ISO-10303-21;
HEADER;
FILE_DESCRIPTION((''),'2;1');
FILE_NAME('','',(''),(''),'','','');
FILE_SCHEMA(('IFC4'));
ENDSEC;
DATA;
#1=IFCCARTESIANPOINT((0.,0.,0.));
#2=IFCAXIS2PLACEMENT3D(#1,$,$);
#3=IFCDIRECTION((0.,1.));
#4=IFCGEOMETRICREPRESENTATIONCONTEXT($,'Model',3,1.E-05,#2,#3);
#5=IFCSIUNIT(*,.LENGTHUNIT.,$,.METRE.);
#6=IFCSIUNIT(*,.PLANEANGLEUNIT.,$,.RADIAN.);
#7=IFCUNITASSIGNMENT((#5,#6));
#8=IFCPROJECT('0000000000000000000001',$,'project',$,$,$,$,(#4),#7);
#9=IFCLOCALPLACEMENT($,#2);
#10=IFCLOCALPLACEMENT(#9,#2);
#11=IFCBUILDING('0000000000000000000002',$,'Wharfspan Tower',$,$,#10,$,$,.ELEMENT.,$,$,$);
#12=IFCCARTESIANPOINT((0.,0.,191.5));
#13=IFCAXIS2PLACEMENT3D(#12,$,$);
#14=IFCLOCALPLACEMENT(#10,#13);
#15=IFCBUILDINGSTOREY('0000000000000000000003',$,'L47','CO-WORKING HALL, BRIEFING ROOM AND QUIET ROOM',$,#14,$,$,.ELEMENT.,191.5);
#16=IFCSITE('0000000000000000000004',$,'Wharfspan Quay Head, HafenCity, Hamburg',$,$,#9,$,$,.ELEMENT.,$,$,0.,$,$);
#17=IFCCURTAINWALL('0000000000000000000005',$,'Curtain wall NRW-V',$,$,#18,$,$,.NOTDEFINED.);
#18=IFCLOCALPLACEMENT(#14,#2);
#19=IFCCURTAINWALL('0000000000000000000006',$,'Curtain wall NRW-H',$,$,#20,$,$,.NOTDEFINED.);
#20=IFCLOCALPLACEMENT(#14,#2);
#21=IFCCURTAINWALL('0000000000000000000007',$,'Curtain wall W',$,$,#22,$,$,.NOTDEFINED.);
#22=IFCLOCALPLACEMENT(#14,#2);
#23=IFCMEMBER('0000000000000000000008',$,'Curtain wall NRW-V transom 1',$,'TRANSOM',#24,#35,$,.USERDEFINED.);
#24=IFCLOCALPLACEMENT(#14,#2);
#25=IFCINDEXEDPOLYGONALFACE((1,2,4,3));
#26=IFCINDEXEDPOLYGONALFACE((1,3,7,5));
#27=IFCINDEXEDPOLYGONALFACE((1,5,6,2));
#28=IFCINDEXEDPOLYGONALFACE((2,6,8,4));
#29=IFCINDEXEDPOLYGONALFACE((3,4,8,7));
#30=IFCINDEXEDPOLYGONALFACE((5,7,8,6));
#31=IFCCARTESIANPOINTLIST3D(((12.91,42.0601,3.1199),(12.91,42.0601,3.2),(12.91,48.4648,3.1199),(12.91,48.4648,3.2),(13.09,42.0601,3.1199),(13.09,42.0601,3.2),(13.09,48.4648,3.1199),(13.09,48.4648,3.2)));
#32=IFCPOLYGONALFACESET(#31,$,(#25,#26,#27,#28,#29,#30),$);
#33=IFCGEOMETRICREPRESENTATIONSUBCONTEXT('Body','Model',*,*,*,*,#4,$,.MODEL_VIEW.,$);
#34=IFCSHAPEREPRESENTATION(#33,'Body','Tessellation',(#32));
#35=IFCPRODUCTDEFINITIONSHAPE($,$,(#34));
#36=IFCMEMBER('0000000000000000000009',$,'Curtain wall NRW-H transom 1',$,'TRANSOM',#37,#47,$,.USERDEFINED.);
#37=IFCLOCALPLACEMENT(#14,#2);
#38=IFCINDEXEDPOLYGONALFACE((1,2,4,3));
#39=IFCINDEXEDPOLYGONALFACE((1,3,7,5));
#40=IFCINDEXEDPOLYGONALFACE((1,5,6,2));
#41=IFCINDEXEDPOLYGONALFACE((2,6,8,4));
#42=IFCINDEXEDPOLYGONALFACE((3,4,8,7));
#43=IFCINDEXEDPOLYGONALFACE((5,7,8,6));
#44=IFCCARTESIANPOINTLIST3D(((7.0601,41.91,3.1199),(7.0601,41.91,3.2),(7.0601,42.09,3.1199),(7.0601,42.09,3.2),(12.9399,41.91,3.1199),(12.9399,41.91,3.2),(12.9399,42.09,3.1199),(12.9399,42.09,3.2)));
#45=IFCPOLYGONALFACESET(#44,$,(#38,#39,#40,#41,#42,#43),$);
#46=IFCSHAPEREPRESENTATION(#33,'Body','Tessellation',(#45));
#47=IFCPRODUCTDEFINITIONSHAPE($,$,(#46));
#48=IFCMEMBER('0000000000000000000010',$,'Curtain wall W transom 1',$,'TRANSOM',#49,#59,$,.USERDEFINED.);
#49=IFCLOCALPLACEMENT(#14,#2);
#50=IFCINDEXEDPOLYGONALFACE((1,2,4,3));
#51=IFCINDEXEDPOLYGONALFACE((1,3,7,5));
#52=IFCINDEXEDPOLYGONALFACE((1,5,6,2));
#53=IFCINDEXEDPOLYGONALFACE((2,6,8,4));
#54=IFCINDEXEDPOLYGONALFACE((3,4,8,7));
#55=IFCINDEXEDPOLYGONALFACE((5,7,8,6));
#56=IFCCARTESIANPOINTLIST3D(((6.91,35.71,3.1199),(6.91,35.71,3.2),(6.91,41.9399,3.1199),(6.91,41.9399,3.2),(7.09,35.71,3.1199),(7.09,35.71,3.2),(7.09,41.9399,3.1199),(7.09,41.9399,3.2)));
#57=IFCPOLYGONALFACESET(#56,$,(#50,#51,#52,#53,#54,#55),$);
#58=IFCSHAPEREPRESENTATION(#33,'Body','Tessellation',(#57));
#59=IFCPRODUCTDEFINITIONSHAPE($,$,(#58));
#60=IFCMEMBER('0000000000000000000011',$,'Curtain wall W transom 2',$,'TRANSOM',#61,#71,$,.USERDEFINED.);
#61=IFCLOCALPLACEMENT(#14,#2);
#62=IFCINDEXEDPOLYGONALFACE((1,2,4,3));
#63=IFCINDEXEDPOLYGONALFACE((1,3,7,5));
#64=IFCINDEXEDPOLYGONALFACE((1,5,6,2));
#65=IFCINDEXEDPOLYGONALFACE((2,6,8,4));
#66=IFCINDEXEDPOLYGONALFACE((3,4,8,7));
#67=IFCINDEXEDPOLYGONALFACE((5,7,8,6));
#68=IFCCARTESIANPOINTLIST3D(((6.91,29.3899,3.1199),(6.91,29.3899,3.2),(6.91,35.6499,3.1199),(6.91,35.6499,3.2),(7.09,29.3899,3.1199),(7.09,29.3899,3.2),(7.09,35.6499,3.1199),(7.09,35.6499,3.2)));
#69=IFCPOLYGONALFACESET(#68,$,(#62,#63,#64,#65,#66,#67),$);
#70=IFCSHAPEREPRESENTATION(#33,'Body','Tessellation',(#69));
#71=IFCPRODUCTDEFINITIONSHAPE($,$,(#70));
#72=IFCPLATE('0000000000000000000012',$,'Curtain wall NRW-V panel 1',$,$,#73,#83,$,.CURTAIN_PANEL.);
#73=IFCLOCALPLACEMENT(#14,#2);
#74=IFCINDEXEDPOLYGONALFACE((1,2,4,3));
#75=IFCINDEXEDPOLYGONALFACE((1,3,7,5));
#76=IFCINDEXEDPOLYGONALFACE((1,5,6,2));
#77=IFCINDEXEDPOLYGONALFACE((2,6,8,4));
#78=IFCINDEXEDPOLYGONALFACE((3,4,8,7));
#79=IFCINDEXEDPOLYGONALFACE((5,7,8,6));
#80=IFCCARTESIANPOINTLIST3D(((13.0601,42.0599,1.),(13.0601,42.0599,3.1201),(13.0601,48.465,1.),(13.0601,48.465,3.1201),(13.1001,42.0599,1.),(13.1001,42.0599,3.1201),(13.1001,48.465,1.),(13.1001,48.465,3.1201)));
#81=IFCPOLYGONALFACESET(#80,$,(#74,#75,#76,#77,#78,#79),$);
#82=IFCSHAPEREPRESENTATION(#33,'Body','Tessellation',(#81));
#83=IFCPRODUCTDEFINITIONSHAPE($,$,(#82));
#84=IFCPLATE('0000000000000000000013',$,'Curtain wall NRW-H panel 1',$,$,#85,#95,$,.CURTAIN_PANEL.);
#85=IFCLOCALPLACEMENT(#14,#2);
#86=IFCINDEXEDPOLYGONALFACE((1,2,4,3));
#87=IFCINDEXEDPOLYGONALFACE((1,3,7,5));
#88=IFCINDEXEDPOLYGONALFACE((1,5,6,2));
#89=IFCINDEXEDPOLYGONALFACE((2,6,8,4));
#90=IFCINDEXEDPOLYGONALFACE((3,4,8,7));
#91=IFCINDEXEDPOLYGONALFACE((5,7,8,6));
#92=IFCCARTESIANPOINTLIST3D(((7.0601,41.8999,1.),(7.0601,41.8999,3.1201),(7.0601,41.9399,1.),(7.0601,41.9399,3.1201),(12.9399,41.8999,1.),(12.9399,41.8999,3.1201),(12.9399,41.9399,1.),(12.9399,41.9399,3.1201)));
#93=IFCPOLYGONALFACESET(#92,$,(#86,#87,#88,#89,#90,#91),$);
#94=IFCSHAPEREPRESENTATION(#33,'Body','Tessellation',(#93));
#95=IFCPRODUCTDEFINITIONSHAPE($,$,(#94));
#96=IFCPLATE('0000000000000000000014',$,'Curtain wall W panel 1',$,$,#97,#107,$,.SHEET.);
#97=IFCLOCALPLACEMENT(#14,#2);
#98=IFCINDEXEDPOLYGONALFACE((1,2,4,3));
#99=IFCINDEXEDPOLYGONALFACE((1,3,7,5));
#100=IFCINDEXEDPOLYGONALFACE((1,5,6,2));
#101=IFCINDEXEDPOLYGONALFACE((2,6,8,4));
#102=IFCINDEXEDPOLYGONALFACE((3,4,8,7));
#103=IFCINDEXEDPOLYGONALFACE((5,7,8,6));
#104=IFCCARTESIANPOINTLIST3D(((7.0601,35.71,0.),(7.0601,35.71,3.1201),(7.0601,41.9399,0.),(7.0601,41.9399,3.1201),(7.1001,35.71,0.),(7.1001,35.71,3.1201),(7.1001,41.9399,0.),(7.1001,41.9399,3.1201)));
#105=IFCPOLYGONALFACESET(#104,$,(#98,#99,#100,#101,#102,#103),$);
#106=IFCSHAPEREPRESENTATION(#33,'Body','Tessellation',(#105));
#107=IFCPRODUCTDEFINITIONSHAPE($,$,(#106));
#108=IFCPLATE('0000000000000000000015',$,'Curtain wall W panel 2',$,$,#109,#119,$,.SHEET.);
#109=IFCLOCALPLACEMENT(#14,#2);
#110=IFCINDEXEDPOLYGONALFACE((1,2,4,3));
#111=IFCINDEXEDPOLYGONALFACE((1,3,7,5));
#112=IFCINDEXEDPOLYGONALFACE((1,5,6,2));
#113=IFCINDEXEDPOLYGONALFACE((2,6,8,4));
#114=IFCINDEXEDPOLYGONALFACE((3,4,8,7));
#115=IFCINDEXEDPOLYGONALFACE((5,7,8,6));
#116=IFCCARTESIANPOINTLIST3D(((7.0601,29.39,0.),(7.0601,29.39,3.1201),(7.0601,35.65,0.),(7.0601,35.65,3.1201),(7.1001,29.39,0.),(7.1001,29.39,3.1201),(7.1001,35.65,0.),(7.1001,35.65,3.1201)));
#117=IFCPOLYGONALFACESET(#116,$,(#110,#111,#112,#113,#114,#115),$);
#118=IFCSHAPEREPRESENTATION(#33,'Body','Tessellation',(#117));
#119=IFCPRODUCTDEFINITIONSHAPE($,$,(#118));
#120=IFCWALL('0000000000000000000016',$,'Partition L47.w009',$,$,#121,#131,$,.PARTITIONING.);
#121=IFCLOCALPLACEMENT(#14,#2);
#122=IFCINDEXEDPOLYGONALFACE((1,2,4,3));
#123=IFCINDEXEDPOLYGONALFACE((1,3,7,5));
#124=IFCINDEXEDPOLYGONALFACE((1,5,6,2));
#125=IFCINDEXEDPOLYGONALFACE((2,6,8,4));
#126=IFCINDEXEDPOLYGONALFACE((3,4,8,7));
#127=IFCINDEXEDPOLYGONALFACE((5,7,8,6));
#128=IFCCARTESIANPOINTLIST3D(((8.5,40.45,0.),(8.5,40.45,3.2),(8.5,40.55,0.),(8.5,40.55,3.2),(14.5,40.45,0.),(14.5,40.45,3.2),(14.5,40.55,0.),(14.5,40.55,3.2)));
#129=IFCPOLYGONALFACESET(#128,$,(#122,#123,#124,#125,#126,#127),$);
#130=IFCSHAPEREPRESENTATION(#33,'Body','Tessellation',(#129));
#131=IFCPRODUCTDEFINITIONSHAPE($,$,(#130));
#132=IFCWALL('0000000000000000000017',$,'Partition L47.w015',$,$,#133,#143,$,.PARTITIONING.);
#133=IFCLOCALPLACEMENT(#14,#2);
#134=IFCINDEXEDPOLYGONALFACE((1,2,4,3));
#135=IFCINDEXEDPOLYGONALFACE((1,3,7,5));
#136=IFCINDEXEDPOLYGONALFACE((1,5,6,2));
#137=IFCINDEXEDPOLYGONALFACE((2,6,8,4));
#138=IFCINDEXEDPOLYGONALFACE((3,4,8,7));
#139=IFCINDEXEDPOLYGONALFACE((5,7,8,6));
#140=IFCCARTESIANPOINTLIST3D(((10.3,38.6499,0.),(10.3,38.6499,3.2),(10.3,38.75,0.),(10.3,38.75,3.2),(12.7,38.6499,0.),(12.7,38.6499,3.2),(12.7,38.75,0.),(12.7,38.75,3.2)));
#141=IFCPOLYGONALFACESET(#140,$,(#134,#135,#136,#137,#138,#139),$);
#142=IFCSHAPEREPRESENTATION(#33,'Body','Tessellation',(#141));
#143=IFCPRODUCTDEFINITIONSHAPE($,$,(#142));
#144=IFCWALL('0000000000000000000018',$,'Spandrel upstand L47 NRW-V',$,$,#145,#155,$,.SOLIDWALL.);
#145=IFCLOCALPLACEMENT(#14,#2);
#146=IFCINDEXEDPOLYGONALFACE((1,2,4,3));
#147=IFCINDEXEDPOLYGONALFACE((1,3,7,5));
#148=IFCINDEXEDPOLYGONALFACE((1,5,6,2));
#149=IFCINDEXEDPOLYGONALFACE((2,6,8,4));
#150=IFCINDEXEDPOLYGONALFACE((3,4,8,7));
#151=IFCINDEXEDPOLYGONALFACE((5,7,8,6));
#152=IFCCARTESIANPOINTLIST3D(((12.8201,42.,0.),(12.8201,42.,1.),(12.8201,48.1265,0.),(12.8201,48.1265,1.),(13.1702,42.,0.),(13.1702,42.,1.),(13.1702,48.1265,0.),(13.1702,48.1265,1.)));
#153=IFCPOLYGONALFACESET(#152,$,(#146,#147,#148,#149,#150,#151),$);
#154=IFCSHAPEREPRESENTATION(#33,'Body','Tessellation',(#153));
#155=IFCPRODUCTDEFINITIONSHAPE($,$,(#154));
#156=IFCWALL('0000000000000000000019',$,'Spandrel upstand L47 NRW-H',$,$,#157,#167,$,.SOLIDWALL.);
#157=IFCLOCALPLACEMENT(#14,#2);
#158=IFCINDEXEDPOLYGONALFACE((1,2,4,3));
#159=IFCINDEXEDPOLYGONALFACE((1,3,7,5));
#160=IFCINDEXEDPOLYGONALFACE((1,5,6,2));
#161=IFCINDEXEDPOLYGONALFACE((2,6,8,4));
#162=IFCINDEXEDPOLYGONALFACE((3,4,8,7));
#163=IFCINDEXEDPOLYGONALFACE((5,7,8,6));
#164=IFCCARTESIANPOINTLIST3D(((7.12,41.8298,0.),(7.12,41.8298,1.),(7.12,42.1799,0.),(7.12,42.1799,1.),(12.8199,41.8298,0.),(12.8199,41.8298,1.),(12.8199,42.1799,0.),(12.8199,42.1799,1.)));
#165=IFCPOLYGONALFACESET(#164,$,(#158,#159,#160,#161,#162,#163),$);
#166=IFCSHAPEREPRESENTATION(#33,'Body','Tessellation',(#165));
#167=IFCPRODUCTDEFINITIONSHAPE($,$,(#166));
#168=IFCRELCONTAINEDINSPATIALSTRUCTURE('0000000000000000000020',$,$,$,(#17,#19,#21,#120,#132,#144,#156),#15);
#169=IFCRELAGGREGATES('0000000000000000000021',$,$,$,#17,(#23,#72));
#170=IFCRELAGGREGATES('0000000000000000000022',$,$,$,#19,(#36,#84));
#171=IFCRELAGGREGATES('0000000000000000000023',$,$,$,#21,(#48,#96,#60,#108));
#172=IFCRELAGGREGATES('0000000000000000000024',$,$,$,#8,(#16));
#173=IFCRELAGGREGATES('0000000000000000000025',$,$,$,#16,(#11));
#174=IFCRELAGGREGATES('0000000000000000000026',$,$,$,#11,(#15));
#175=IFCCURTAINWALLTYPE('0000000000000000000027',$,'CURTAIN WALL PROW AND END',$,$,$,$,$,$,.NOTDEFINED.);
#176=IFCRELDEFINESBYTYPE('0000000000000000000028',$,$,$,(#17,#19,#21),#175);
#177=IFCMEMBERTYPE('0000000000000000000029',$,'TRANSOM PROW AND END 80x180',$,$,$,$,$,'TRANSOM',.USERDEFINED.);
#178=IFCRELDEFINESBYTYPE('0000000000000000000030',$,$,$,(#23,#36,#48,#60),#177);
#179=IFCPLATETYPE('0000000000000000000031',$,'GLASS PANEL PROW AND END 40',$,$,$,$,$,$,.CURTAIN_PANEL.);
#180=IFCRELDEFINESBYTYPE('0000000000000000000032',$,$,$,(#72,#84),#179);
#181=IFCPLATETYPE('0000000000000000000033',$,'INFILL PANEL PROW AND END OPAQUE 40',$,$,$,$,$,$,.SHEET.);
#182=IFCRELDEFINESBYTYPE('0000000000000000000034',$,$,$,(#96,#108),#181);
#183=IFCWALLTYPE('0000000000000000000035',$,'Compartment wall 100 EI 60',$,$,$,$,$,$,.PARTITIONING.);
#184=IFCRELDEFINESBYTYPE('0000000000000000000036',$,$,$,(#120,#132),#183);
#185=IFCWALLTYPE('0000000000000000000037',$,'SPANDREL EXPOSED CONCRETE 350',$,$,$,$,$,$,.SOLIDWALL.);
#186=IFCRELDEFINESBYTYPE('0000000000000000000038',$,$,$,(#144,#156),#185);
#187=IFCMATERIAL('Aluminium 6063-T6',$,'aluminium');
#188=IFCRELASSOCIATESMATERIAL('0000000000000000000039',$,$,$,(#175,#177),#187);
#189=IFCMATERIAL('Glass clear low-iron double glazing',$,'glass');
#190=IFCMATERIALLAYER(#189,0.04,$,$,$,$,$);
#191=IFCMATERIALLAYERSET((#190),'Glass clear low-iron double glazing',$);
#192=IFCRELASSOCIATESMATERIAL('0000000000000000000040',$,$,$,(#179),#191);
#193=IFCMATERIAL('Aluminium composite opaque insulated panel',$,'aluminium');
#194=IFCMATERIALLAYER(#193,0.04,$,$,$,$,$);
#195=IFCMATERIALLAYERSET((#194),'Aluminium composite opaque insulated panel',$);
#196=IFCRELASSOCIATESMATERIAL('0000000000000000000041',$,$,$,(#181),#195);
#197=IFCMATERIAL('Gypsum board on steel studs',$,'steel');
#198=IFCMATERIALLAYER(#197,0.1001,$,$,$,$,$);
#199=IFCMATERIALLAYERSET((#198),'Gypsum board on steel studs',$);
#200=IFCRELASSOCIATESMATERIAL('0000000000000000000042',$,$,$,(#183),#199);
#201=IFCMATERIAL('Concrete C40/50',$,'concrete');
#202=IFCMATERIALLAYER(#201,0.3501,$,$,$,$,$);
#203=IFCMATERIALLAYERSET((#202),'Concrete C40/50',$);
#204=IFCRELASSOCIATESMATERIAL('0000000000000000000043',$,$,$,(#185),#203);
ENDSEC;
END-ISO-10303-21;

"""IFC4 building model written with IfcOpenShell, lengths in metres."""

from ifc_helpers import new_model, si_unit, direction, frame, frame_2d, origin, origin_2d, place, context, subcontext, project, spatial, rectangle, extrude, material, layer, layer_set, material_profile, profile_set, type_object, element, aggregate, save


model = new_model("IFC4")

# Units and contexts
model_context = context("Model", 3, precision=1e-05, world=origin(), true_north=direction((0.0, 1.0)))
body_context = subcontext(model_context, "Body", "Model", "MODEL_VIEW")
ifc_project = project(units=[si_unit("LENGTHUNIT", "METRE"), si_unit("PLANEANGLEUNIT", "RADIAN")], contexts=[model_context])

# Site, building, storey
site_placement = place(None, origin())
site = spatial("IfcSite", under=ifc_project, at=site_placement, Name="Wharfspan Quay Head, HafenCity, Hamburg", CompositionType="ELEMENT", RefElevation=0.0)
building_placement = place(site_placement, origin())
building = spatial("IfcBuilding", under=site, at=building_placement, Name="Wharfspan Tower", CompositionType="ELEMENT")
storey_placement = place(building_placement, frame((0.0, 0.0, 191.5)))
storey = spatial("IfcBuildingStorey", under=building, at=storey_placement, Name="L47", Description="CO-WORKING HALL, BRIEFING ROOM AND QUIET ROOM", CompositionType="ELEMENT", Elevation=191.5)

# Curtain walls
ifc_material_1 = material(Name="Aluminium 6063-T6", Category="aluminium")
curtain_wall_type = type_object("IfcCurtainWallType", Name="CURTAIN WALL PROW AND END", PredefinedType="NOTDEFINED", material=ifc_material_1)
curtain_wall_1_placement = place(storey_placement, origin())
curtain_wall_1 = element("IfcCurtainWall", 1, at=curtain_wall_1_placement, inside=storey, type_object=curtain_wall_type, Name="Curtain wall NRW-V", PredefinedType="NOTDEFINED")
curtain_wall_2_placement = place(storey_placement, origin())
curtain_wall_2 = element("IfcCurtainWall", 2, at=curtain_wall_2_placement, inside=storey, type_object=curtain_wall_type, Name="Curtain wall NRW-H", PredefinedType="NOTDEFINED")
curtain_wall_3_placement = place(storey_placement, origin())
curtain_wall_3 = element("IfcCurtainWall", 3, at=curtain_wall_3_placement, inside=storey, type_object=curtain_wall_type, Name="Curtain wall W", PredefinedType="NOTDEFINED")

# Members
ifc_material_profile_1 = material_profile(ifc_material_1, rectangle(XDim=0.1799, YDim=0.0801, at=origin_2d()))
ifc_profile_set_1 = profile_set([ifc_material_profile_1], Name="Aluminium 6063-T6")
member_type_1 = type_object("IfcMemberType", Name="TRANSOM PROW AND END 80x180", ElementType="TRANSOM", PredefinedType="USERDEFINED", material=ifc_profile_set_1)
member_1_placement = place(storey_placement, frame((13.0, 48.4648, 3.1599), z_axis=(0.0, -1.0, 0.0), x_axis=(1.0, 0.0, 0.0)))
member_1 = element("IfcMember", 4, at=member_1_placement, type_object=member_type_1, Name="Curtain wall NRW-V transom 1", ObjectType="TRANSOM", PredefinedType="USERDEFINED", context=body_context, shape_type="SweptSolid", body=[
    extrude(rectangle(XDim=0.1799, YDim=0.0801, at=origin_2d()), origin(), (0.0, 0.0, 1.0), 6.4048),
])
member_2_placement = place(storey_placement, frame((12.9399, 42.0, 3.1599), z_axis=(-1.0, 0.0, 0.0), x_axis=(0.0, -1.0, 0.0)))
member_2 = element("IfcMember", 5, at=member_2_placement, type_object=member_type_1, Name="Curtain wall NRW-H transom 1", ObjectType="TRANSOM", PredefinedType="USERDEFINED", context=body_context, shape_type="SweptSolid", body=[
    extrude(rectangle(XDim=0.1799, YDim=0.0801, at=origin_2d()), origin(), (0.0, 0.0, 1.0), 5.8799),
])
member_3_placement = place(storey_placement, frame((7.0, 41.9399, 3.1599), z_axis=(0.0, -1.0, 0.0), x_axis=(1.0, 0.0, 0.0)))
member_3 = element("IfcMember", 6, at=member_3_placement, type_object=member_type_1, Name="Curtain wall W transom 1", ObjectType="TRANSOM", PredefinedType="USERDEFINED", context=body_context, shape_type="SweptSolid", body=[
    extrude(rectangle(XDim=0.1799, YDim=0.0801, at=origin_2d()), origin(), (0.0, 0.0, 1.0), 6.23),
])
member_4_placement = place(storey_placement, frame((7.0, 35.6499, 3.1599), z_axis=(0.0, -1.0, 0.0), x_axis=(1.0, 0.0, 0.0)))
member_4 = element("IfcMember", 7, at=member_4_placement, type_object=member_type_1, Name="Curtain wall W transom 2", ObjectType="TRANSOM", PredefinedType="USERDEFINED", context=body_context, shape_type="SweptSolid", body=[
    extrude(rectangle(XDim=0.1799, YDim=0.0801, at=origin_2d()), origin(), (0.0, 0.0, 1.0), 6.26),
])

# Plates
ifc_material_2 = material(Name="Glass clear low-iron double glazing", Category="glass")
ifc_layer_1 = layer(ifc_material_2, 0.04)
ifc_layer_set_1 = layer_set([ifc_layer_1], Name="Glass clear low-iron double glazing")
plate_type_1 = type_object("IfcPlateType", Name="GLASS PANEL PROW AND END 40", PredefinedType="CURTAIN_PANEL", material=ifc_layer_set_1)
plate_1_placement = place(storey_placement, frame((13.0801, 45.2625, 1.0), z_axis=(0.0, 0.0, 1.0), x_axis=(0.0, -1.0, 0.0)))
plate_1 = element("IfcPlate", 8, at=plate_1_placement, type_object=plate_type_1, Name="Curtain wall NRW-V panel 1", PredefinedType="CURTAIN_PANEL", context=body_context, shape_type="SweptSolid", body=[
    extrude(rectangle(XDim=6.405, YDim=0.04, at=origin_2d()), origin(), (0.0, 0.0, 1.0), 2.1201),
])
aggregate(curtain_wall_1, [member_1, plate_1])
plate_2_placement = place(storey_placement, frame((10.0, 41.9199, 1.0), z_axis=(0.0, 0.0, 1.0), x_axis=(-1.0, 0.0, 0.0)))
plate_2 = element("IfcPlate", 9, at=plate_2_placement, type_object=plate_type_1, Name="Curtain wall NRW-H panel 1", PredefinedType="CURTAIN_PANEL", context=body_context, shape_type="SweptSolid", body=[
    extrude(rectangle(XDim=5.8799, YDim=0.04, at=origin_2d()), origin(), (0.0, 0.0, 1.0), 2.1201),
])
aggregate(curtain_wall_2, [member_2, plate_2])
ifc_material_3 = material(Name="Aluminium composite opaque insulated panel", Category="aluminium")
ifc_layer_2 = layer(ifc_material_3, 0.04)
ifc_layer_set_2 = layer_set([ifc_layer_2], Name="Aluminium composite opaque insulated panel")
plate_type_2 = type_object("IfcPlateType", Name="INFILL PANEL PROW AND END OPAQUE 40", PredefinedType="SHEET", material=ifc_layer_set_2)
plate_3_placement = place(storey_placement, frame((7.0801, 38.825, 0.0), z_axis=(0.0, 0.0, 1.0), x_axis=(0.0, -1.0, 0.0)))
plate_3 = element("IfcPlate", 10, at=plate_3_placement, type_object=plate_type_2, Name="Curtain wall W panel 1", PredefinedType="SHEET", context=body_context, shape_type="SweptSolid", body=[
    extrude(rectangle(XDim=6.23, YDim=0.04, at=origin_2d()), origin(), (0.0, 0.0, 1.0), 3.1201),
])
plate_4_placement = place(storey_placement, frame((7.0801, 32.52, 0.0), z_axis=(0.0, 0.0, 1.0), x_axis=(0.0, -1.0, 0.0)))
plate_4 = element("IfcPlate", 11, at=plate_4_placement, type_object=plate_type_2, Name="Curtain wall W panel 2", PredefinedType="SHEET", context=body_context, shape_type="SweptSolid", body=[
    extrude(rectangle(XDim=6.26, YDim=0.04, at=origin_2d()), origin(), (0.0, 0.0, 1.0), 3.1201),
])
aggregate(curtain_wall_3, [member_3, plate_3, member_4, plate_4])

# Walls
ifc_material_4 = material(Name="Gypsum board on steel studs", Category="steel")
ifc_layer_3 = layer(ifc_material_4, 0.1001)
ifc_layer_set_3 = layer_set([ifc_layer_3], Name="Gypsum board on steel studs")
wall_type_1 = type_object("IfcWallType", Name="Compartment wall 100 EI 60", PredefinedType="PARTITIONING", material=ifc_layer_set_3)
wall_1_placement = place(storey_placement, frame((8.5, 40.5, 0.0), z_axis=(0.0, 0.0, 1.0), x_axis=(1.0, 0.0, 0.0)))
element("IfcWall", 12, at=wall_1_placement, inside=storey, type_object=wall_type_1, Name="Partition L47.w009", PredefinedType="PARTITIONING", context=body_context, shape_type="SweptSolid", body=[
    extrude(rectangle(XDim=6.0, YDim=0.1001, at=frame_2d((3.0, 0.0))), origin(), (0.0, 0.0, 1.0), 3.2),
])
wall_2_placement = place(storey_placement, frame((10.3, 38.7, 0.0), z_axis=(0.0, 0.0, 1.0), x_axis=(1.0, 0.0, 0.0)))
element("IfcWall", 13, at=wall_2_placement, inside=storey, type_object=wall_type_1, Name="Partition L47.w015", PredefinedType="PARTITIONING", context=body_context, shape_type="SweptSolid", body=[
    extrude(rectangle(XDim=2.3999, YDim=0.1001, at=frame_2d((1.2, 0.0))), origin(), (0.0, 0.0, 1.0), 3.2),
])
ifc_material_5 = material(Name="Concrete C40/50", Category="concrete")
ifc_layer_4 = layer(ifc_material_5, 0.3501)
ifc_layer_set_4 = layer_set([ifc_layer_4], Name="Concrete C40/50")
wall_type_2 = type_object("IfcWallType", Name="SPANDREL EXPOSED CONCRETE 350", PredefinedType="SOLIDWALL", material=ifc_layer_set_4)
wall_3_placement = place(storey_placement, frame((12.9951, 48.1265, 0.0), z_axis=(0.0, 0.0, 1.0), x_axis=(0.0, -1.0, 0.0)))
element("IfcWall", 14, at=wall_3_placement, inside=storey, type_object=wall_type_2, Name="Spandrel upstand L47 NRW-V", PredefinedType="SOLIDWALL", context=body_context, shape_type="SweptSolid", body=[
    extrude(rectangle(XDim=6.1265, YDim=0.3501, at=frame_2d((3.0632, 0.0))), origin(), (0.0, 0.0, 1.0), 1.0),
])
wall_4_placement = place(storey_placement, frame((12.8201, 42.0049, 0.0), z_axis=(0.0, 0.0, 1.0), x_axis=(-1.0, 0.0, 0.0)))
element("IfcWall", 15, at=wall_4_placement, inside=storey, type_object=wall_type_2, Name="Spandrel upstand L47 NRW-H", PredefinedType="SOLIDWALL", context=body_context, shape_type="SweptSolid", body=[
    extrude(rectangle(XDim=5.7, YDim=0.3501, at=frame_2d((2.8501, 0.0))), origin(), (0.0, 0.0, 1.0), 1.0),
])

save(model, "model.ifc")
